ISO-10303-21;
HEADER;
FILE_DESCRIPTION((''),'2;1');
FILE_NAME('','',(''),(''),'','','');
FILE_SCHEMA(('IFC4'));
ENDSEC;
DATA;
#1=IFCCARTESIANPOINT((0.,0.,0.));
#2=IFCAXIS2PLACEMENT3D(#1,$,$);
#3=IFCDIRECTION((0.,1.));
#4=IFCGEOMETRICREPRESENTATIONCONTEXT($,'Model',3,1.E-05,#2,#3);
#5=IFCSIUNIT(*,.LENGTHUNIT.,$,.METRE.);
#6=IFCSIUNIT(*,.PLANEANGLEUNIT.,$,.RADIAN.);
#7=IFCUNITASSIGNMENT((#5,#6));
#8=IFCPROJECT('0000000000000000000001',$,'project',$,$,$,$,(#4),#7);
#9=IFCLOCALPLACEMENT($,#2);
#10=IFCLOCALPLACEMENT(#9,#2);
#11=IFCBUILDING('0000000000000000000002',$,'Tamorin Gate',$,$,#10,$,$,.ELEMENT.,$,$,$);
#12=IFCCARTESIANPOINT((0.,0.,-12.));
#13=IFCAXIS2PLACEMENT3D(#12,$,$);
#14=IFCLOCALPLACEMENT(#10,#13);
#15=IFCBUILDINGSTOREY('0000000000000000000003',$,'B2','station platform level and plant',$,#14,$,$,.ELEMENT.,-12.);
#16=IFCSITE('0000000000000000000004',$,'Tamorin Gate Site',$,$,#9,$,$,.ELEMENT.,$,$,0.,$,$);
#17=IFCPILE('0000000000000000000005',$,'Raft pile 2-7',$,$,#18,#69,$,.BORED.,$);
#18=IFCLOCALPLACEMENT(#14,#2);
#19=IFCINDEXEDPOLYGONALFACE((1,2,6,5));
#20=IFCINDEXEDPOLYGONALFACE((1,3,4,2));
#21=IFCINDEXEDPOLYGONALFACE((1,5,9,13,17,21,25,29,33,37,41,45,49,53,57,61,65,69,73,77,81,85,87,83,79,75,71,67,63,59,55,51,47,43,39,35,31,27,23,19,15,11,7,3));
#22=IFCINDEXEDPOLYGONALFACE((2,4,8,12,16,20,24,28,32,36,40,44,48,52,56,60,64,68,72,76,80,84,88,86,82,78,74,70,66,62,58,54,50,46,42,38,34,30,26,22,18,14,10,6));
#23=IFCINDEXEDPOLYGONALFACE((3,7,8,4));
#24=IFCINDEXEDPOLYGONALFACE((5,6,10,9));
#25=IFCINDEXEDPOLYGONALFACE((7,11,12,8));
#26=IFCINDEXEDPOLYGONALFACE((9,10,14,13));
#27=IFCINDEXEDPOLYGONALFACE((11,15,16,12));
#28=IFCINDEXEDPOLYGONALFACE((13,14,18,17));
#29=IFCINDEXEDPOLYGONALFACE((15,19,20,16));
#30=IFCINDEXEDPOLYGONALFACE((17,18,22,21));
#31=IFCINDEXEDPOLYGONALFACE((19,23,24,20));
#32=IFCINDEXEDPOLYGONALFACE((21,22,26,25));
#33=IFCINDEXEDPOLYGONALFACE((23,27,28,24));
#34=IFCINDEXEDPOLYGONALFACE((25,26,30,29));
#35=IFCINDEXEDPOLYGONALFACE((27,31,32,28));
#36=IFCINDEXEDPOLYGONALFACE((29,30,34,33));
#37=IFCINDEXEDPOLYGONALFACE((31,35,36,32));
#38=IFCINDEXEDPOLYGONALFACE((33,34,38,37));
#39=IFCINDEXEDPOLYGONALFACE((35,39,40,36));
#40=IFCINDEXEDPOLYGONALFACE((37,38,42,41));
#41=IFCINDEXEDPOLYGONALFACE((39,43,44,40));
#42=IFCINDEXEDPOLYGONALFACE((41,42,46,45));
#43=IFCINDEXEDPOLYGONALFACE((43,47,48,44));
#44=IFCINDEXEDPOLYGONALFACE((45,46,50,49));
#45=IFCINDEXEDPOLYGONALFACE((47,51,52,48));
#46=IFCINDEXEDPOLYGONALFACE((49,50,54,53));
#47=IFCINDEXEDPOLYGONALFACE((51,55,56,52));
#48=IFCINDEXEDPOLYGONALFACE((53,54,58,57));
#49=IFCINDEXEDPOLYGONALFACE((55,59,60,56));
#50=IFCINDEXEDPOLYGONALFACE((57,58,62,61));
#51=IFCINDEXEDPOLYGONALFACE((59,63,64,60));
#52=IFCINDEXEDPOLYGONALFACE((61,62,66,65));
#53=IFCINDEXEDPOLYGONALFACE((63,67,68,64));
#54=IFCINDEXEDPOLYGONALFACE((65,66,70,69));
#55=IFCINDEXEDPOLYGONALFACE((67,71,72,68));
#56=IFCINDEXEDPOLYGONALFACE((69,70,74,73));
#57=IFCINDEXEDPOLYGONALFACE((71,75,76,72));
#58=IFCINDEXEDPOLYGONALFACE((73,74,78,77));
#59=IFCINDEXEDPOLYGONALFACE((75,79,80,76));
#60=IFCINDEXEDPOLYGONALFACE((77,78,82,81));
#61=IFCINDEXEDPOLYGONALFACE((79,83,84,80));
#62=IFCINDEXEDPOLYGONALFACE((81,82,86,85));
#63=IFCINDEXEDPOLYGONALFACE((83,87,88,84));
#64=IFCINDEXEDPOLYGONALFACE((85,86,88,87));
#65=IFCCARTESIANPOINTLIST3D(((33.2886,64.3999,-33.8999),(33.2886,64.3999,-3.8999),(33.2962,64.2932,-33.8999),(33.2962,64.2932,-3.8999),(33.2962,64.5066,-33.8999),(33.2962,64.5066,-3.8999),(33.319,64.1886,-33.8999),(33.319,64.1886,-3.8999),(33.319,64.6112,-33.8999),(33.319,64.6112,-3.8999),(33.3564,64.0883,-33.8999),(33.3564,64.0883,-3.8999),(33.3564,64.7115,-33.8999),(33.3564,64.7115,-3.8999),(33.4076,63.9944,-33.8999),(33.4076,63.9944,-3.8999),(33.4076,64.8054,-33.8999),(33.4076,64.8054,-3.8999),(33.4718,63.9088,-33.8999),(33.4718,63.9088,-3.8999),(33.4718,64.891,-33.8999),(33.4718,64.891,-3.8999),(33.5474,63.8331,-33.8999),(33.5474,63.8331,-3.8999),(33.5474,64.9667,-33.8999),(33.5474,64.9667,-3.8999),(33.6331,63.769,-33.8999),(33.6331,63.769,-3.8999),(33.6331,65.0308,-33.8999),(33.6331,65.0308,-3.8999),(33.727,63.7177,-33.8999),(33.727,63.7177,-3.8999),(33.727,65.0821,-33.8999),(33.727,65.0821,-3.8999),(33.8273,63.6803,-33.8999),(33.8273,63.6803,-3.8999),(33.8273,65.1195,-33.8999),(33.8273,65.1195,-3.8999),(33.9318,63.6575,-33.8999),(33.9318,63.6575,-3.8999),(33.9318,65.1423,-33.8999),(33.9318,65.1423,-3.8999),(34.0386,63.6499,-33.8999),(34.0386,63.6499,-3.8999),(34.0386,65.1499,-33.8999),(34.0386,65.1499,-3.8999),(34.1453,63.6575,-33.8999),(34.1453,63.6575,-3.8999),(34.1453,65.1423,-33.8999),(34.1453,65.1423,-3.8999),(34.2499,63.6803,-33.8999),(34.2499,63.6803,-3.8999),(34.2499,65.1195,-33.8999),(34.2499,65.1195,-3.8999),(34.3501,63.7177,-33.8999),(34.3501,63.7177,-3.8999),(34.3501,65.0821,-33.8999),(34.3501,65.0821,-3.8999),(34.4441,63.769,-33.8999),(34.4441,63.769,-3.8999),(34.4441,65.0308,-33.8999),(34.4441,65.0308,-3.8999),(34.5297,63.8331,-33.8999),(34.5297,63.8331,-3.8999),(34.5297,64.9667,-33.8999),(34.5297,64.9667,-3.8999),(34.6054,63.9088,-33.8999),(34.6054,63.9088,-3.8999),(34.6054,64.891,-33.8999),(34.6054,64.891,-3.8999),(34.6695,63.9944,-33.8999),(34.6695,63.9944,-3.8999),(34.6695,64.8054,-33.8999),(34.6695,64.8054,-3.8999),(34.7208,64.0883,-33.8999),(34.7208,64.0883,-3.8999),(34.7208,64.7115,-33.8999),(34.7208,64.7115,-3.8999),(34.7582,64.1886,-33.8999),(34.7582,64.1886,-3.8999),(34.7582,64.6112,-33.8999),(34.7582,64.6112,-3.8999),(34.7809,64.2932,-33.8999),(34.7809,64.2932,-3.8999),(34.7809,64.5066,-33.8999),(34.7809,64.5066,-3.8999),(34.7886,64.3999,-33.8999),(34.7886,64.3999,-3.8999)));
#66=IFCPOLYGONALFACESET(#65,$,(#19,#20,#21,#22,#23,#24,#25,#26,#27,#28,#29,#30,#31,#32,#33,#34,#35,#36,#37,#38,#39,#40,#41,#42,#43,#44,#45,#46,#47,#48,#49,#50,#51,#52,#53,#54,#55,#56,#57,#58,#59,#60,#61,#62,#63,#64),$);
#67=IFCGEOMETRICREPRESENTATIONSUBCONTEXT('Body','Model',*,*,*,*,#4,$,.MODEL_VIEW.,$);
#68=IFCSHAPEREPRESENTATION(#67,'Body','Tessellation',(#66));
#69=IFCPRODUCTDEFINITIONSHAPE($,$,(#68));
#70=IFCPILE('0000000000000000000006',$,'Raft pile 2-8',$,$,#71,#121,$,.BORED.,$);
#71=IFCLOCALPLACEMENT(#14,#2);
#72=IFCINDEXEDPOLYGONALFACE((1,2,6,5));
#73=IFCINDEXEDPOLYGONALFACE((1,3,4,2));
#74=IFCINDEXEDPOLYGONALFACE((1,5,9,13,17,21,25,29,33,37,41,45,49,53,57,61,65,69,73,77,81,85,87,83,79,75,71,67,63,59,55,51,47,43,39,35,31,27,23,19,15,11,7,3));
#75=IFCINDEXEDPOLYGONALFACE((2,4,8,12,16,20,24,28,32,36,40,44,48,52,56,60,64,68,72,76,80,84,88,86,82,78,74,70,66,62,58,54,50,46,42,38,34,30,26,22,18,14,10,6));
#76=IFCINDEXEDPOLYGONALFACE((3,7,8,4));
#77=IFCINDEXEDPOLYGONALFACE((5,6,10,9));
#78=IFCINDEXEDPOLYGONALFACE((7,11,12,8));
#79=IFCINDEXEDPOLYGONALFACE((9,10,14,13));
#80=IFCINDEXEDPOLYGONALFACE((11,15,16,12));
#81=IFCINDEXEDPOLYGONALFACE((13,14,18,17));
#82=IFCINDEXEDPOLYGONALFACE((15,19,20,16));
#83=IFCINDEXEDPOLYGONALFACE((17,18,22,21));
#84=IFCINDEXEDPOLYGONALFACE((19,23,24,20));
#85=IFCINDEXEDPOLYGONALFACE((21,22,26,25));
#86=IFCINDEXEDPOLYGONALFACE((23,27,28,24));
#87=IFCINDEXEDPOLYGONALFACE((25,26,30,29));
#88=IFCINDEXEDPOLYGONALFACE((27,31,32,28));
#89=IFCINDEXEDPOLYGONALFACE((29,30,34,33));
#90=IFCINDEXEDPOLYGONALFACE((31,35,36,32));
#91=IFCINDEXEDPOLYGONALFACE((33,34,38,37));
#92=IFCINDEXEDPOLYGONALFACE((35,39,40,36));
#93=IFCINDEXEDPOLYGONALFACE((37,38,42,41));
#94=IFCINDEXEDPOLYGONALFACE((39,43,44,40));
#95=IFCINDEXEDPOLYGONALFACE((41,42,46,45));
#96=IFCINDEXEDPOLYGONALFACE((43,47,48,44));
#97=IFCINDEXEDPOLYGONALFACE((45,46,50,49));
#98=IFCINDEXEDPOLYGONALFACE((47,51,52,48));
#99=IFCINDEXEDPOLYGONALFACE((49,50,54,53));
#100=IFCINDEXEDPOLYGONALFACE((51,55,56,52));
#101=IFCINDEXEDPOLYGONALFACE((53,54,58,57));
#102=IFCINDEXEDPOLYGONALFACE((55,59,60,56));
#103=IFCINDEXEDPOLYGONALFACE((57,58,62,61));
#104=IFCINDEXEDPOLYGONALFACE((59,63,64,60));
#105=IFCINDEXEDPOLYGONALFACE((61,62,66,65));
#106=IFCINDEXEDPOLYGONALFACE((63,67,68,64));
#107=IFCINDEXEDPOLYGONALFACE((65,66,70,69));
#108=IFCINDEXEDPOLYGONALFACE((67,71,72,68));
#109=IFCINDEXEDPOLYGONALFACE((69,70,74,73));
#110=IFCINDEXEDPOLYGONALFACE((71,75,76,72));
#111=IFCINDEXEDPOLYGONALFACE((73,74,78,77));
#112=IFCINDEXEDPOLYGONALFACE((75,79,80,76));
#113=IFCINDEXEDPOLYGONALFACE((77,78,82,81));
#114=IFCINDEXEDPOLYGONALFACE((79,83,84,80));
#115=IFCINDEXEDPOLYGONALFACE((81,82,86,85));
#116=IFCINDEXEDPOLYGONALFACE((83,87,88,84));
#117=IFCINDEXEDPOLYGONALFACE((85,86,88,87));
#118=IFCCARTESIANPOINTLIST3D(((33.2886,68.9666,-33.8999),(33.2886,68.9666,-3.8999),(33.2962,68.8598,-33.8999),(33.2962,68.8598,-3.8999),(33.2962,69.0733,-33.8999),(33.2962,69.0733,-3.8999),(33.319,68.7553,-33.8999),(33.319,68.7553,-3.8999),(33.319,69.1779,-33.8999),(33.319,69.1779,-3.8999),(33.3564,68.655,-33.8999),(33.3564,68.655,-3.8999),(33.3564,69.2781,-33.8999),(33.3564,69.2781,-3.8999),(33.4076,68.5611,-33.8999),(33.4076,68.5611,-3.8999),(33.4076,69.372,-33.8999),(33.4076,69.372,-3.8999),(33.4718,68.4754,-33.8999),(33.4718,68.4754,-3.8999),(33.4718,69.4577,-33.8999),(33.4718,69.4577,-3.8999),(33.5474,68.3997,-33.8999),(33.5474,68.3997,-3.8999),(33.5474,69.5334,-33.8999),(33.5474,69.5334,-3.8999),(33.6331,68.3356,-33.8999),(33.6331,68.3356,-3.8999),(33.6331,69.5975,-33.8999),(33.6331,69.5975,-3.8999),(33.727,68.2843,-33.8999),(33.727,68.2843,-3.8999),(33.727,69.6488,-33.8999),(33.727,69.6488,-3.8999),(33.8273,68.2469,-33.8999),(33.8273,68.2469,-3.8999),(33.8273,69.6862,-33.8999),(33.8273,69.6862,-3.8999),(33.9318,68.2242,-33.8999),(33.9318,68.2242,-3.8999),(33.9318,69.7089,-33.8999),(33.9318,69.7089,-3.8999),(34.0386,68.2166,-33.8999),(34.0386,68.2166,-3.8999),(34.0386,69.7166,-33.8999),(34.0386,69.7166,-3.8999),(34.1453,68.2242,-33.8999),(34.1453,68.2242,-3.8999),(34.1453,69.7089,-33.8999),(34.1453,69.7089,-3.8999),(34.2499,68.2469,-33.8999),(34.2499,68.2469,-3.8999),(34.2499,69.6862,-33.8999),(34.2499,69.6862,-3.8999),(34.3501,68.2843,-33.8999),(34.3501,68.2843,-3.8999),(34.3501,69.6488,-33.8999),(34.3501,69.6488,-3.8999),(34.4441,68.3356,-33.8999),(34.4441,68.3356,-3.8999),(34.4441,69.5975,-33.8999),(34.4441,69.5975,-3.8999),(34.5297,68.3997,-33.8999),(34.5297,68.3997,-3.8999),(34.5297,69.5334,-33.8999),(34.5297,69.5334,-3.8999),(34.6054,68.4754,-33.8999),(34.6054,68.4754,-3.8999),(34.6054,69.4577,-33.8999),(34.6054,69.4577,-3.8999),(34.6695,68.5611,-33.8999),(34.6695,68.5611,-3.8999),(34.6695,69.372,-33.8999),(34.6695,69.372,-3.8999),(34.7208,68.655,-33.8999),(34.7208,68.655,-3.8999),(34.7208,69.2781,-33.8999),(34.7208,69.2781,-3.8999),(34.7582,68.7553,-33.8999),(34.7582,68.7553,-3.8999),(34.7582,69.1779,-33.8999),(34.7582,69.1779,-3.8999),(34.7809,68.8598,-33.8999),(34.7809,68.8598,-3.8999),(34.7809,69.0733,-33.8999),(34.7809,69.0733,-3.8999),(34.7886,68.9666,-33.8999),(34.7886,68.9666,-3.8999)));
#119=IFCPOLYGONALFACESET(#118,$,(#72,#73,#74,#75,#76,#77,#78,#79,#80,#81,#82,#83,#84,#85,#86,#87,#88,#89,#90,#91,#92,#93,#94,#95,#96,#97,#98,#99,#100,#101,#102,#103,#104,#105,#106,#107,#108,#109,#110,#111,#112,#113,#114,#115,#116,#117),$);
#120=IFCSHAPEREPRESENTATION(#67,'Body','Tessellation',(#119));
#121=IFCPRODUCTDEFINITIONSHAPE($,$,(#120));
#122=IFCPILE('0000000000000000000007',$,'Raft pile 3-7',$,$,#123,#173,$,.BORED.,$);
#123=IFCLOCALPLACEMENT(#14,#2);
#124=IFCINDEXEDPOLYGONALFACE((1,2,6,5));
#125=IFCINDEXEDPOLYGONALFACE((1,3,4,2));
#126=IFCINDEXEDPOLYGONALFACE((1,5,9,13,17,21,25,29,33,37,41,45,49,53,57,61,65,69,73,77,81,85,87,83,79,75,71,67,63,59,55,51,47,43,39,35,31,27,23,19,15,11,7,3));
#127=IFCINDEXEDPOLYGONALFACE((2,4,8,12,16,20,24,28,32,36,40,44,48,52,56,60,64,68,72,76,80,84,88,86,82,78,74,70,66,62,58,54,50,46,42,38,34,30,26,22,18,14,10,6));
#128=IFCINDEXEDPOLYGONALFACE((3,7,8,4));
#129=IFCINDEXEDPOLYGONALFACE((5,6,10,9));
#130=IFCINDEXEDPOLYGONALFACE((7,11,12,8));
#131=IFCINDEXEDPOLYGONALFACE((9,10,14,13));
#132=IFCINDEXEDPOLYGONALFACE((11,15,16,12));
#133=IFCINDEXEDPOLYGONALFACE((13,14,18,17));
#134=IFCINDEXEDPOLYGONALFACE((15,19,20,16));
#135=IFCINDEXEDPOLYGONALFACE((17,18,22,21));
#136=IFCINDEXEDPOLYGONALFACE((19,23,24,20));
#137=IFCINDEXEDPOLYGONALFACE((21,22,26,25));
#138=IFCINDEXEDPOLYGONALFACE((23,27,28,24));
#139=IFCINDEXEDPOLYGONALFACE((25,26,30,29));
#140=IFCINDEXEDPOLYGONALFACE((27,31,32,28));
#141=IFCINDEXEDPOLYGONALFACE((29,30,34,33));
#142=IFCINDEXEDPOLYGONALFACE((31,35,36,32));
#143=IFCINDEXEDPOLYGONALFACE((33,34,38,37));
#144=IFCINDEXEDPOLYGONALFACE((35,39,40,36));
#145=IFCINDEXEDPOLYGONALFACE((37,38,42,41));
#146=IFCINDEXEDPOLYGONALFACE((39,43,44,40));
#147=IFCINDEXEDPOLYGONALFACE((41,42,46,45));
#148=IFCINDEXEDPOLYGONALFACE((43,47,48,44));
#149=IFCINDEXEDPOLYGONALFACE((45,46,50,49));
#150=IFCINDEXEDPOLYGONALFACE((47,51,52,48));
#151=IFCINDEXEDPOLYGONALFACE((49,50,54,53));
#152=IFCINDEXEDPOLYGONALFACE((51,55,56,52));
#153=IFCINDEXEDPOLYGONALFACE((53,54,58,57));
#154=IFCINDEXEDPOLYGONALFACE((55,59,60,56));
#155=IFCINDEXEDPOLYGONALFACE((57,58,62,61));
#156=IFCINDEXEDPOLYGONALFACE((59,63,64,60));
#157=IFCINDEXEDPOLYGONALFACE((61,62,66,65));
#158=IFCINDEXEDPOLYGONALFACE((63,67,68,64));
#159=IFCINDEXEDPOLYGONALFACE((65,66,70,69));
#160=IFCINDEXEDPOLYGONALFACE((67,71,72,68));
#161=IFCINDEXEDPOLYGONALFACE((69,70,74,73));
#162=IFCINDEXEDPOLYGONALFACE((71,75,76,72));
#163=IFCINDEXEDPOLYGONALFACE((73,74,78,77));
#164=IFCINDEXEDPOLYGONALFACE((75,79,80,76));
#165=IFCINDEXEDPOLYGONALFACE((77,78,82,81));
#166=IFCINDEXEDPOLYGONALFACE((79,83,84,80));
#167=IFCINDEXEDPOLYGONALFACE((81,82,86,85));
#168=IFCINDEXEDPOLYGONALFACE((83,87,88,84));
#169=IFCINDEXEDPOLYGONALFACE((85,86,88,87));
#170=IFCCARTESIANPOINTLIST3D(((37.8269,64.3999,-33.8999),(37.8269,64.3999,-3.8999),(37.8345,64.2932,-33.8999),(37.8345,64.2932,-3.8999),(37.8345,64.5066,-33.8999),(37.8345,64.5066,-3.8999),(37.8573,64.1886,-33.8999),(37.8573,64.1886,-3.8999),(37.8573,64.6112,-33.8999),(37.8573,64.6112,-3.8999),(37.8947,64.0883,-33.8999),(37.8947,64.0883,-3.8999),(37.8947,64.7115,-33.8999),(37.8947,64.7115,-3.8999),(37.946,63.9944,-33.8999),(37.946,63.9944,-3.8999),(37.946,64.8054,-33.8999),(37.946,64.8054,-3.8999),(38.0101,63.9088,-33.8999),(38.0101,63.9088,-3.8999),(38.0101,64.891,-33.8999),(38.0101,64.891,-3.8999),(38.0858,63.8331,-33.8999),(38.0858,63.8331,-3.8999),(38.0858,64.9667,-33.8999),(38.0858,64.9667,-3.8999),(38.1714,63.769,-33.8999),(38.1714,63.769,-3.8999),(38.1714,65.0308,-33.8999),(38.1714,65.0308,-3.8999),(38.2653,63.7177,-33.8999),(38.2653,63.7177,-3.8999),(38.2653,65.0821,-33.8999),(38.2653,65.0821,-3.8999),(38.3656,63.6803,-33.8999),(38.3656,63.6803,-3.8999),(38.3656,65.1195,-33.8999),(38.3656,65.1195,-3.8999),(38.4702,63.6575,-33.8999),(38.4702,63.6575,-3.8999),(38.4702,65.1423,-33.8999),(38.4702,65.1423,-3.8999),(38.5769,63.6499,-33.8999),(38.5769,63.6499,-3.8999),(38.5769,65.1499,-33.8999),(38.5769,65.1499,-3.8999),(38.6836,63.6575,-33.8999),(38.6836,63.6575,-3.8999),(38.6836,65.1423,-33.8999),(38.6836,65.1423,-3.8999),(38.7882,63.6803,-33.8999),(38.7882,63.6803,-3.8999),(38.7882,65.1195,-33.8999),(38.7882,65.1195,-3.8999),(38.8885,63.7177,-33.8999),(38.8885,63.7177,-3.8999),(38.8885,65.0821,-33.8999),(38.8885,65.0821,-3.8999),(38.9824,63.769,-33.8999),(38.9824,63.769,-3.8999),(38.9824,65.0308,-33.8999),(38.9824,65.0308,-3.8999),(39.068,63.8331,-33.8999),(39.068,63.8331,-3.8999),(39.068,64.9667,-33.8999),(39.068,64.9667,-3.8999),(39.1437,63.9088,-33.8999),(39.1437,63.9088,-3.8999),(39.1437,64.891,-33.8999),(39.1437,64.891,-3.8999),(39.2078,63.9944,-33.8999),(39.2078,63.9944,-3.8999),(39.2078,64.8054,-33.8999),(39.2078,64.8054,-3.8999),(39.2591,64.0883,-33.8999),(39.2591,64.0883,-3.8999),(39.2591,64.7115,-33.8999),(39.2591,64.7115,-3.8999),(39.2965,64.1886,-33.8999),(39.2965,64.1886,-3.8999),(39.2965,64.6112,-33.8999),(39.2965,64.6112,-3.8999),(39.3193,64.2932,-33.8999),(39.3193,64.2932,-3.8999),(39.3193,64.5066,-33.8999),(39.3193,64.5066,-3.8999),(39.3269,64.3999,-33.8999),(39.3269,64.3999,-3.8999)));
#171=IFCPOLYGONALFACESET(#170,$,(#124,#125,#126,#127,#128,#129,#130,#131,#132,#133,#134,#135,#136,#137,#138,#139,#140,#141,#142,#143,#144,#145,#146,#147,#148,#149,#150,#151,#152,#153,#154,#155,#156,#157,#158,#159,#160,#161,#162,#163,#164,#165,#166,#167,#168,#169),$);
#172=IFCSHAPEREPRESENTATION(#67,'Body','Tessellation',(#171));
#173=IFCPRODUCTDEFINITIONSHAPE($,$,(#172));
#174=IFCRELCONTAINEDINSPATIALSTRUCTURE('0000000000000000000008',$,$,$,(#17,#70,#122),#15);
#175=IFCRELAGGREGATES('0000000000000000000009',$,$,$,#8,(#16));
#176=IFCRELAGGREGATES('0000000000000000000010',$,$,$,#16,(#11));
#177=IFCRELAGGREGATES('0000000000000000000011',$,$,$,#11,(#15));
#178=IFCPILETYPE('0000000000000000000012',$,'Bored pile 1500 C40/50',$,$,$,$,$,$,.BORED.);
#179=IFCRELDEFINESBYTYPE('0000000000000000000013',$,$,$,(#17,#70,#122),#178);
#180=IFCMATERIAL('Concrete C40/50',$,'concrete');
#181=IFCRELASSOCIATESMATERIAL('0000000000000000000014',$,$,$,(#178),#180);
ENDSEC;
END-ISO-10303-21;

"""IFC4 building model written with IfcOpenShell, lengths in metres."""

from ifc_helpers import new_model, si_unit, direction, frame, origin, origin_2d, place, context, subcontext, project, spatial, circle, extrude, material, material_profile, profile_set, type_object, element, save


model = new_model("IFC4")

# Units and contexts
model_context = context("Model", 3, precision=1e-05, world=origin(), true_north=direction((0.0, 1.0)))
body_context = subcontext(model_context, "Body", "Model", "MODEL_VIEW")
ifc_project = project(units=[si_unit("LENGTHUNIT", "METRE"), si_unit("PLANEANGLEUNIT", "RADIAN")], contexts=[model_context])

# Site, building, storey
site_placement = place(None, origin())
site = spatial("IfcSite", under=ifc_project, at=site_placement, Name="Tamorin Gate Site", CompositionType="ELEMENT", RefElevation=0.0)
building_placement = place(site_placement, origin())
building = spatial("IfcBuilding", under=site, at=building_placement, Name="Tamorin Gate", CompositionType="ELEMENT")
storey_placement = place(building_placement, frame((0.0, 0.0, -12.0)))
storey = spatial("IfcBuildingStorey", under=building, at=storey_placement, Name="B2", Description="station platform level and plant", CompositionType="ELEMENT", Elevation=-12.0)

# Piles
ifc_material_1 = material(Name="Concrete C40/50", Category="concrete")
ifc_material_profile_1 = material_profile(ifc_material_1, circle(Radius=0.75, at=origin_2d()))
ifc_profile_set_1 = profile_set([ifc_material_profile_1], Name="Concrete C40/50")
pile_type = type_object("IfcPileType", Name="Bored pile 1500 C40/50", PredefinedType="BORED", material=ifc_profile_set_1)
for number, where, z_axis, x_axis, name in (
    (1, (34.0386, 64.3999, -3.8999), (0.0, 0.0, -1.0), (1.0, 0.0, 0.0), "Raft pile 2-7"),
    (2, (34.0386, 68.9666, -3.8999), (0.0, 0.0, -1.0), (1.0, 0.0, 0.0), "Raft pile 2-8"),
    (3, (38.5769, 64.3999, -3.8999), (0.0, 0.0, -1.0), (1.0, 0.0, 0.0), "Raft pile 3-7"),
):
    element("IfcPile", number, at=place(storey_placement, frame(where, z_axis=z_axis, x_axis=x_axis)), inside=storey, type_object=pile_type, Name=name, PredefinedType="BORED", context=body_context, shape_type="SweptSolid", body=[
        extrude(circle(Radius=0.75, at=origin_2d()), origin(), (0.0, 0.0, 1.0), 30.0),
    ])

save(model, "model.ifc")
